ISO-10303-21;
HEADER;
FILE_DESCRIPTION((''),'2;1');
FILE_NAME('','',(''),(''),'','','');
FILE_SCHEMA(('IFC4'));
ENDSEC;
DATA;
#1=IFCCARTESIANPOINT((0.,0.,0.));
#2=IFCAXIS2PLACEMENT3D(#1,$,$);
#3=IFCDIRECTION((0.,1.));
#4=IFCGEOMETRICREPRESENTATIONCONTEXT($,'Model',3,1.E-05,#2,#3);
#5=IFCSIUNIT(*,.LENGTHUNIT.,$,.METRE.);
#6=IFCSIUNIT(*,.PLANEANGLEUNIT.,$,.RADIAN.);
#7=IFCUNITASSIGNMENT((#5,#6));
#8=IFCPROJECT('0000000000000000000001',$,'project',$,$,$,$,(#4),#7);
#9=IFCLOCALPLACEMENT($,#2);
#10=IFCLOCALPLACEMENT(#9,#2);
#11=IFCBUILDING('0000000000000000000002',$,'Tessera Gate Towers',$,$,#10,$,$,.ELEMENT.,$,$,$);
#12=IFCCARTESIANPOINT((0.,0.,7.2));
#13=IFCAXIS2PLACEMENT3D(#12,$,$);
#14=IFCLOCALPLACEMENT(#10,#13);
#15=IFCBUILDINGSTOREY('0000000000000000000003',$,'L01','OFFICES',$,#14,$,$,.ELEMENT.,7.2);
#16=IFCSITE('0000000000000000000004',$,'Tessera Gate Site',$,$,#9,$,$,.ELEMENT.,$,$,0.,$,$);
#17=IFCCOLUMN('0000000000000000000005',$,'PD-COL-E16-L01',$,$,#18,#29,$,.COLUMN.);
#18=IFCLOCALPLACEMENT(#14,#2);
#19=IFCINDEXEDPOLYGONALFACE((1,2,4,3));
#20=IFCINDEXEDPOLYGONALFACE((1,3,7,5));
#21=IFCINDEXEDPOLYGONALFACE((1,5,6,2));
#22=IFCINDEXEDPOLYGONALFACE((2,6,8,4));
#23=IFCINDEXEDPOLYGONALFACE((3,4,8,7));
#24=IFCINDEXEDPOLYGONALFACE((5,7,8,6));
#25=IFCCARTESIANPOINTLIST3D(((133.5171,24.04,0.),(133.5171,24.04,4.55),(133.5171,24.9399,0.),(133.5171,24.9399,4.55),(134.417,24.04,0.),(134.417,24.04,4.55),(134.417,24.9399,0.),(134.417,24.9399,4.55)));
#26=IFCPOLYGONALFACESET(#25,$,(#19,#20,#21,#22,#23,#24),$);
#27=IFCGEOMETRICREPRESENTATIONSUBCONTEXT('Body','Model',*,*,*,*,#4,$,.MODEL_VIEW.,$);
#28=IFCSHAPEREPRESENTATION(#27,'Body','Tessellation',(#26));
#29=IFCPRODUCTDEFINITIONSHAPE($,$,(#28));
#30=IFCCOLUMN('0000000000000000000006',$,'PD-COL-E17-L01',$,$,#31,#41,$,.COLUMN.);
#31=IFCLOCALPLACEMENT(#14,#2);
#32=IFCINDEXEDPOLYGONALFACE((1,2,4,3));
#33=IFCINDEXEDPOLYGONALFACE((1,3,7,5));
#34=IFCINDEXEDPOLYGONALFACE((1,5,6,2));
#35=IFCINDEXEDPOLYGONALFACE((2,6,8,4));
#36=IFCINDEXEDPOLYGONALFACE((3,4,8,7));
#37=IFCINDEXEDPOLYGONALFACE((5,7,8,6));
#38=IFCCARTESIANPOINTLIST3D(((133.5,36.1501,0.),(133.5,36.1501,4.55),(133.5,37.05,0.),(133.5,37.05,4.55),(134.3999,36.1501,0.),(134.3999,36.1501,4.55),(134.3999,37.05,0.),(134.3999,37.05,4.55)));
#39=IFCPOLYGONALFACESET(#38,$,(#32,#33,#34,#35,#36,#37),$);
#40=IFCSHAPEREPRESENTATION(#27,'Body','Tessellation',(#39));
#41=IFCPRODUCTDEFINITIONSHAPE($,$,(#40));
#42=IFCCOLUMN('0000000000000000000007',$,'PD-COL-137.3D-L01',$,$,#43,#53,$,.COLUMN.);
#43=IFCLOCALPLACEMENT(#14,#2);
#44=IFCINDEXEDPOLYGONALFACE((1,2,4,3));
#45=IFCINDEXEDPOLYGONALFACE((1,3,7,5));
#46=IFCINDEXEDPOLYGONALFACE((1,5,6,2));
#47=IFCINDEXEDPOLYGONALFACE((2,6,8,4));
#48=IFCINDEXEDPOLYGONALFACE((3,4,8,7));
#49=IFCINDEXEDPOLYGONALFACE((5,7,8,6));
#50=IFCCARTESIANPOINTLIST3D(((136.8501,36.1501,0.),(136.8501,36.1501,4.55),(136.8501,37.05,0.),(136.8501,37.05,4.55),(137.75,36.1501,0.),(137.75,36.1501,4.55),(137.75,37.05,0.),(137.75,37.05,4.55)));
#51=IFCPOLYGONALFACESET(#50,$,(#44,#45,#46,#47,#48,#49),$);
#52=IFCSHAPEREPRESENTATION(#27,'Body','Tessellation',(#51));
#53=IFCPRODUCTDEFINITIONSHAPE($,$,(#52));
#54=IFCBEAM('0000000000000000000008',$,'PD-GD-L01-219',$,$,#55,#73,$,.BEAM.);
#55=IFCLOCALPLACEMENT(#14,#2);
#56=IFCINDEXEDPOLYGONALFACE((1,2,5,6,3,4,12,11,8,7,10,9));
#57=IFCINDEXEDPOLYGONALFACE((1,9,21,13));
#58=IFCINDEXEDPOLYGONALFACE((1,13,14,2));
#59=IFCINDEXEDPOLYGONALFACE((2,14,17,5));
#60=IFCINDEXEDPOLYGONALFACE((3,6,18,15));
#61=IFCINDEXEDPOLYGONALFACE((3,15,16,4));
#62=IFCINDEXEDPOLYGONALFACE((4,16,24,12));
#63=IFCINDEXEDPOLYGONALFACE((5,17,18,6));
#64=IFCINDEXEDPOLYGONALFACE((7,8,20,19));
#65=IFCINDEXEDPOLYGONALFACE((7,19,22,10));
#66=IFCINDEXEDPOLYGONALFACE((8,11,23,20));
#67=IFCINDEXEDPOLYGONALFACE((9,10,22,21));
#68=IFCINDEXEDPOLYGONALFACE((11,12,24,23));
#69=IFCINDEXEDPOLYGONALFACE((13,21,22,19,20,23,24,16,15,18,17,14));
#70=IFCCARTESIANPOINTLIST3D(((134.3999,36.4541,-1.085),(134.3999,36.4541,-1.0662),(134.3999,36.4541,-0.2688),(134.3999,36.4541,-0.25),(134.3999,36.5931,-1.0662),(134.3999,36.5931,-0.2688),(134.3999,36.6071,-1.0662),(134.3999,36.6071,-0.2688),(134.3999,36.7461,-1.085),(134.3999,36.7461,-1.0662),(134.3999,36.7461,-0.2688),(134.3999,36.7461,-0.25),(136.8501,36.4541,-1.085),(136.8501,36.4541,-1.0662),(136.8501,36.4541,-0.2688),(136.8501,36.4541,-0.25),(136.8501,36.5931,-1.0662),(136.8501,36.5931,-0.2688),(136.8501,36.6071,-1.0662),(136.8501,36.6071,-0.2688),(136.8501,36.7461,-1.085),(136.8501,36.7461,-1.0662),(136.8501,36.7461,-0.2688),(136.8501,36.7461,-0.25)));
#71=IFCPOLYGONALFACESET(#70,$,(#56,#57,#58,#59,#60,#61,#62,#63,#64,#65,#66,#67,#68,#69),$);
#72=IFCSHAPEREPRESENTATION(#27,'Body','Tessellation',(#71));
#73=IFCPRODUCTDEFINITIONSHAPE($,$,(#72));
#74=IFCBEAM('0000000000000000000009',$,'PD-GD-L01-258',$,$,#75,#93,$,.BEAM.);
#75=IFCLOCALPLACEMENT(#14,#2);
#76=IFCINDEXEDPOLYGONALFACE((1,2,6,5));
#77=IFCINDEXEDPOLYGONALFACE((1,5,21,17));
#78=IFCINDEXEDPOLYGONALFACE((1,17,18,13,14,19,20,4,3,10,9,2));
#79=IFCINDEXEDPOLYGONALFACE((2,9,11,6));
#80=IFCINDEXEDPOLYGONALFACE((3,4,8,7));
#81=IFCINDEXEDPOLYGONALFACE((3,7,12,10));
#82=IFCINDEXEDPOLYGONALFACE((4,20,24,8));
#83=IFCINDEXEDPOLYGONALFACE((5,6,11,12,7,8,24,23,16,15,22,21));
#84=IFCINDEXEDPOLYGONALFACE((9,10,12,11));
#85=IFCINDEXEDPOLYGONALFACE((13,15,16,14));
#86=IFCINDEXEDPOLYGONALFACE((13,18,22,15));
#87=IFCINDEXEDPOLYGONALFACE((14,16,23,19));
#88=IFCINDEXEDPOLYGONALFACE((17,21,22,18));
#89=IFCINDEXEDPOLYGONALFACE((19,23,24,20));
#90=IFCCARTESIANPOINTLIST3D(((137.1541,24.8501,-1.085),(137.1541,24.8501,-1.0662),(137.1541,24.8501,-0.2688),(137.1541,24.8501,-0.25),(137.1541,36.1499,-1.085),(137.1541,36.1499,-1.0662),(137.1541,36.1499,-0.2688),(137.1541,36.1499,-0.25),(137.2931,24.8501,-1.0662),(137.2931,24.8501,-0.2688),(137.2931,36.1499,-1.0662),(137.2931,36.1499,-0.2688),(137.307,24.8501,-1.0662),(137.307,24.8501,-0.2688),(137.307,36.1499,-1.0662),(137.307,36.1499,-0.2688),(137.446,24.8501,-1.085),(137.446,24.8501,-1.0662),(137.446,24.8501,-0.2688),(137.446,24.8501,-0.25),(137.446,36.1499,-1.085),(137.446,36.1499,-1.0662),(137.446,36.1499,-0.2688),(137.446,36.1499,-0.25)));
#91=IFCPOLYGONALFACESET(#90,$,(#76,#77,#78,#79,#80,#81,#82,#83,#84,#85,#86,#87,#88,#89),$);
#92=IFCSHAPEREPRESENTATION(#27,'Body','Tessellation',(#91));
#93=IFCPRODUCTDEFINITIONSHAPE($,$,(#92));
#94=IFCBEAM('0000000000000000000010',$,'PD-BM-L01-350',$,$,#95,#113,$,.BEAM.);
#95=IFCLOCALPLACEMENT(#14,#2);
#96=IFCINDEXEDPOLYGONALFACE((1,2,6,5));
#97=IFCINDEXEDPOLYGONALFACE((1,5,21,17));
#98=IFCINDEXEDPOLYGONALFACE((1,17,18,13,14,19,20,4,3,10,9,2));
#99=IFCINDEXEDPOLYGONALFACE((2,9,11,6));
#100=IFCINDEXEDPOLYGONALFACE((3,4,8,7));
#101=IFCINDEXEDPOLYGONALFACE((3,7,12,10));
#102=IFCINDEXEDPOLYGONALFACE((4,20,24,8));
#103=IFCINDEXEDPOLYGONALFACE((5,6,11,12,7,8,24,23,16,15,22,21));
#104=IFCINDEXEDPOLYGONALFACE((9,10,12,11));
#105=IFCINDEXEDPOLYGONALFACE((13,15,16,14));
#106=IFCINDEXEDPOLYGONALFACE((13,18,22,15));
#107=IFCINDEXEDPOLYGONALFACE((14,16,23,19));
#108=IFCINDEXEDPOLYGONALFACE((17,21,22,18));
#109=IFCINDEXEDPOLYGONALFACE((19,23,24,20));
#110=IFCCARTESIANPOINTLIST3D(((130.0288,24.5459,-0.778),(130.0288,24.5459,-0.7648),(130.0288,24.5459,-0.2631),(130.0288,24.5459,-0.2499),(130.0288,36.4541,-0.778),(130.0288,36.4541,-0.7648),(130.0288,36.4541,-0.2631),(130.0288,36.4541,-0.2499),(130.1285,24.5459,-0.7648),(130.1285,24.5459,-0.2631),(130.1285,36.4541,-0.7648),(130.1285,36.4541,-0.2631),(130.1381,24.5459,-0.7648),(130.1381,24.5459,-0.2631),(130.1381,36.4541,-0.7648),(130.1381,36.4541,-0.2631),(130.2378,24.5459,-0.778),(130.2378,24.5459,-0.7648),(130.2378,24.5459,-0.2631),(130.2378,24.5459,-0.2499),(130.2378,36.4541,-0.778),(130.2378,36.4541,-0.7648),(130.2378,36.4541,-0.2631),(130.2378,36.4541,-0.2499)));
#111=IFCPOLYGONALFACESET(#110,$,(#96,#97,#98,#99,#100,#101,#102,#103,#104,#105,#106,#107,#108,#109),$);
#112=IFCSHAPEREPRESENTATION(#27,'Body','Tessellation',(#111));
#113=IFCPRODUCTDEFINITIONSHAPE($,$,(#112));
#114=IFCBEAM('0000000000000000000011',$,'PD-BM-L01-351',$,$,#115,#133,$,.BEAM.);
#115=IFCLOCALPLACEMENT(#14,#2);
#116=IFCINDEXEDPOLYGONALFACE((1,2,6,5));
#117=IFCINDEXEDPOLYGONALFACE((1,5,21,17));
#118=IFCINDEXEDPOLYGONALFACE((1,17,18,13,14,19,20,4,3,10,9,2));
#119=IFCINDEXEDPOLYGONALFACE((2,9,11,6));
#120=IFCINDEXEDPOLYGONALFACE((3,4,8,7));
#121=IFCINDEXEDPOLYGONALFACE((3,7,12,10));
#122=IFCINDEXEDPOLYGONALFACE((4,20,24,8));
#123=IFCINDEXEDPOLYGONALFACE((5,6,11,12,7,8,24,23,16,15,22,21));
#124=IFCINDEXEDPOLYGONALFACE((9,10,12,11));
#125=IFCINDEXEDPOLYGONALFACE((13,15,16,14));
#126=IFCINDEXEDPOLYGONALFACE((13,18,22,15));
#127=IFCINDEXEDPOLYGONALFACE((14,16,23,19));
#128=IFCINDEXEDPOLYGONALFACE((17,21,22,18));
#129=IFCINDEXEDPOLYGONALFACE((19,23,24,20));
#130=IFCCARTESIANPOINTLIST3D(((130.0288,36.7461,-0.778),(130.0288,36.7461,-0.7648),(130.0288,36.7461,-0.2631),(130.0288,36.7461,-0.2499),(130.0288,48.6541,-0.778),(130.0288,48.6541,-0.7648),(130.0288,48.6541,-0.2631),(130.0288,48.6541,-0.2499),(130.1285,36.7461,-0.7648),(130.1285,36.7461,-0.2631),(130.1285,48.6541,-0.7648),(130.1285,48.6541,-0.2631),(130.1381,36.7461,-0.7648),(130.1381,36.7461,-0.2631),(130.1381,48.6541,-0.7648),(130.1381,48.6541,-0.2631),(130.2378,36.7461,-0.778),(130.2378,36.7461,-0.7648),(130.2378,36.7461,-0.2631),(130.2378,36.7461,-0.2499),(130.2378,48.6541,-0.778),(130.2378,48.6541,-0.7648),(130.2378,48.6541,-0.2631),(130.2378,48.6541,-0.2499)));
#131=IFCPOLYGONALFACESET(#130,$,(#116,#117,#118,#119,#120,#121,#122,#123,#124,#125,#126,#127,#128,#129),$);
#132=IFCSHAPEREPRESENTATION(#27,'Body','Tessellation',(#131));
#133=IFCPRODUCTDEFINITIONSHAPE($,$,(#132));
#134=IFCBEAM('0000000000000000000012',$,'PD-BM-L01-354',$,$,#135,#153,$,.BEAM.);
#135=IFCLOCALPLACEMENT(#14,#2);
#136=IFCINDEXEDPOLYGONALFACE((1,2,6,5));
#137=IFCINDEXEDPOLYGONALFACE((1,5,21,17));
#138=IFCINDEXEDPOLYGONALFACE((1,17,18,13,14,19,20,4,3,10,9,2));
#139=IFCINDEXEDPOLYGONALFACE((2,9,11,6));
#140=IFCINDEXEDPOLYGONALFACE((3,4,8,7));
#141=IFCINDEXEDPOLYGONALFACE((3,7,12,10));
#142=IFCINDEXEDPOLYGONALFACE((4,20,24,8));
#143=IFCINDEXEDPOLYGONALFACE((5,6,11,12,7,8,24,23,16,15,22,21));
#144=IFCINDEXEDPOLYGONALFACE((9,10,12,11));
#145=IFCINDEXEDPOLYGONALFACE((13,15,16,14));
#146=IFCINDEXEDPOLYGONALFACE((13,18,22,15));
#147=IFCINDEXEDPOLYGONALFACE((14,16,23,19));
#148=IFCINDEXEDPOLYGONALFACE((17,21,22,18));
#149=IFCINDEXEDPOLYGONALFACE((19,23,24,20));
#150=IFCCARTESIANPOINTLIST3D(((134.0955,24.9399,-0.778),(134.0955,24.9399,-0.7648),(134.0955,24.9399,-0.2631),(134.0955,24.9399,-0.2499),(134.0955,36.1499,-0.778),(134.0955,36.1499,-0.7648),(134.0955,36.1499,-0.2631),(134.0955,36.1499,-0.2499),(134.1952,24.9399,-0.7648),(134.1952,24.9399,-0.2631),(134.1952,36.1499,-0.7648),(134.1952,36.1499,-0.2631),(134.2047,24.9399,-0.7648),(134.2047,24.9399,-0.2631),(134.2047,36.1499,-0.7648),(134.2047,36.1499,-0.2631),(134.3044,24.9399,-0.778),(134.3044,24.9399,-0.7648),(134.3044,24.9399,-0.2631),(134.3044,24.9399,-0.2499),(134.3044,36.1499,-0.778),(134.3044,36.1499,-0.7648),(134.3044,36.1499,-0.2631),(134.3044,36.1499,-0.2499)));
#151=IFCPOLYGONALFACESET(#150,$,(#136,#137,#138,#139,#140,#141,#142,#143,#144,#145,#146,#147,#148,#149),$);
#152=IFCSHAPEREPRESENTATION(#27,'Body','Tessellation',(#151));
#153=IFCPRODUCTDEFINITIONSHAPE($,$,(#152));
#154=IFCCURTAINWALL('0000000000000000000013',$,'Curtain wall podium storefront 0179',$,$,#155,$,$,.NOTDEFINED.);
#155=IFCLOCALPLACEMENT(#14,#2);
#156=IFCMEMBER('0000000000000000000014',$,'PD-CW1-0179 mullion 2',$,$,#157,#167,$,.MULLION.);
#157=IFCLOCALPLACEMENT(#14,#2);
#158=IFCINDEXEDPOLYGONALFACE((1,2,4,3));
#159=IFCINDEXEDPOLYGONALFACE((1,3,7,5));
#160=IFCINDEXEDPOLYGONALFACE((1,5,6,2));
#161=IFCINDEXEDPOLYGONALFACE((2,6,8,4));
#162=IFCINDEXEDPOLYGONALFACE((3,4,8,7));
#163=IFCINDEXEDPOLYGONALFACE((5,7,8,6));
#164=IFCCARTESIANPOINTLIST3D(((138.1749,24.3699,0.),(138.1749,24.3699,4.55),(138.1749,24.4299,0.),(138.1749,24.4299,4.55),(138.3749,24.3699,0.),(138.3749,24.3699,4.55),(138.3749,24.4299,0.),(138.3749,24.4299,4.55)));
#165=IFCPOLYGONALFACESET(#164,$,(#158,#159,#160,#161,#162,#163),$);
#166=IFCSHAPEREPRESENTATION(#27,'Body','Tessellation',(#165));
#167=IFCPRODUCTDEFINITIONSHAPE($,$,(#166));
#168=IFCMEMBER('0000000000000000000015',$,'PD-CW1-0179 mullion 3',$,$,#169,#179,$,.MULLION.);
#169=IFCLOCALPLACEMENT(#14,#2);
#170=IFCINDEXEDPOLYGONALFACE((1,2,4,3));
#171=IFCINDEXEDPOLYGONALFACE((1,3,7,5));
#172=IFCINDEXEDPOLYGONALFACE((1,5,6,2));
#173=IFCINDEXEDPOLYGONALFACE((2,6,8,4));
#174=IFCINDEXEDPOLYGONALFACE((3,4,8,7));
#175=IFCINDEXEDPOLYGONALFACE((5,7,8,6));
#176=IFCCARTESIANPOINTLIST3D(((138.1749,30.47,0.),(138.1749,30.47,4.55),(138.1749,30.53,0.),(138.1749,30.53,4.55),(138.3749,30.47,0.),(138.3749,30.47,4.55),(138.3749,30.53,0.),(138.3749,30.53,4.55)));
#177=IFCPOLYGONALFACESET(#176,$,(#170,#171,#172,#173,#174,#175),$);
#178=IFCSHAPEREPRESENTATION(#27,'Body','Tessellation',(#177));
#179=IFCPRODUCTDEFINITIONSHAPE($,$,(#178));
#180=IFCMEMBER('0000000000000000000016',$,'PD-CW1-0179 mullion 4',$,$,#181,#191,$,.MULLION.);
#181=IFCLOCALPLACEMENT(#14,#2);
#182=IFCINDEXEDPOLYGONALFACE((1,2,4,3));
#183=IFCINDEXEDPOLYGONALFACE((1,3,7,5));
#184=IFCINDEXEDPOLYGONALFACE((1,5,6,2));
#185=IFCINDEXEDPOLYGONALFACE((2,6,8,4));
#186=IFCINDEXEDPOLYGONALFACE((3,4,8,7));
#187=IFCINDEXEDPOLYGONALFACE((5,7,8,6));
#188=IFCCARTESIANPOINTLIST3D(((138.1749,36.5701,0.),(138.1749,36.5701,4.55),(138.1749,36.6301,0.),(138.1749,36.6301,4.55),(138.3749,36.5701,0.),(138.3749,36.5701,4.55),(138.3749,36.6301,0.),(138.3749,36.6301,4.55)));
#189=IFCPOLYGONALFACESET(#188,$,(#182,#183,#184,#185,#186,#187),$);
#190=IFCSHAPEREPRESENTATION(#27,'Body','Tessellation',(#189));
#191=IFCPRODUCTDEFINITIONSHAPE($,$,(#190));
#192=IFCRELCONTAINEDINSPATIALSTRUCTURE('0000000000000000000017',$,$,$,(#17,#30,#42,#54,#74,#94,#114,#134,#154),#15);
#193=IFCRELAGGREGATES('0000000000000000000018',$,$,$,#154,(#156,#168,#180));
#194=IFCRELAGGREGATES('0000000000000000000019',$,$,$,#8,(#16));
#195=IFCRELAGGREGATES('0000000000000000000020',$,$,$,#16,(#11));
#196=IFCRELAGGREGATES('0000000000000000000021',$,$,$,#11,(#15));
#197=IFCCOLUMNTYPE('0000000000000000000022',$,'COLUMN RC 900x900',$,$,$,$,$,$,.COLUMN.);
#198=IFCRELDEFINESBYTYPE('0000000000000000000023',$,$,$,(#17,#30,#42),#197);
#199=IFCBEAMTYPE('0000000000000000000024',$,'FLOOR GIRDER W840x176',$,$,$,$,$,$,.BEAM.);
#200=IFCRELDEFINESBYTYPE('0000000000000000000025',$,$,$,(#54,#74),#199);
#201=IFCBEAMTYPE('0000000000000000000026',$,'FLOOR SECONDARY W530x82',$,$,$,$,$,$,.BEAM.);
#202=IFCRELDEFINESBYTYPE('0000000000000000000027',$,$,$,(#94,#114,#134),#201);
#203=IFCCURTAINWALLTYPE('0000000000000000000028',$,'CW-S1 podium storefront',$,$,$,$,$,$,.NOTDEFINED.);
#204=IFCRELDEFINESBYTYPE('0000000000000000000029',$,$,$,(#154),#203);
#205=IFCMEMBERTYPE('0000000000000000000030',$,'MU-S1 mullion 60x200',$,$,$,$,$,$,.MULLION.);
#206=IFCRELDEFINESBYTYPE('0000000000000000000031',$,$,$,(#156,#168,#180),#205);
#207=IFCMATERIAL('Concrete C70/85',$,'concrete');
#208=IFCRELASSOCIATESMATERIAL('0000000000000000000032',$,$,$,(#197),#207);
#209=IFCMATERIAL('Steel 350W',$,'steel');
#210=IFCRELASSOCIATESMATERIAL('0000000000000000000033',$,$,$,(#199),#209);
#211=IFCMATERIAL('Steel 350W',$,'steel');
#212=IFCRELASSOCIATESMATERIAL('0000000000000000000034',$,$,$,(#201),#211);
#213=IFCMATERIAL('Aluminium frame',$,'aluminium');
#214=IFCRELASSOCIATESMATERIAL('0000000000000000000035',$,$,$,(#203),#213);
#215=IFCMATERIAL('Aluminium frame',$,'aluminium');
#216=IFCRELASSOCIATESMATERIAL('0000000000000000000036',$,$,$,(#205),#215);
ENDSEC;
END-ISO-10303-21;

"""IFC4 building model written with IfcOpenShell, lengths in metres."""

from ifc_helpers import new_model, si_unit, direction, frame, origin, origin_2d, place, context, subcontext, project, spatial, rectangle, i_section, extrude, material, material_profile, profile_set, type_object, element, aggregate, save


model = new_model("IFC4")

# Units and contexts
model_context = context("Model", 3, precision=1e-05, world=origin(), true_north=direction((0.0, 1.0)))
body_context = subcontext(model_context, "Body", "Model", "MODEL_VIEW")
ifc_project = project(units=[si_unit("LENGTHUNIT", "METRE"), si_unit("PLANEANGLEUNIT", "RADIAN")], contexts=[model_context])

# Site, building, storey
site_placement = place(None, origin())
site = spatial("IfcSite", under=ifc_project, at=site_placement, Name="Tessera Gate Site", CompositionType="ELEMENT", RefElevation=0.0)
building_placement = place(site_placement, origin())
building = spatial("IfcBuilding", under=site, at=building_placement, Name="Tessera Gate Towers", CompositionType="ELEMENT")
storey_placement = place(building_placement, frame((0.0, 0.0, 7.2)))
storey = spatial("IfcBuildingStorey", under=building, at=storey_placement, Name="L01", Description="OFFICES", CompositionType="ELEMENT", Elevation=7.2)

# Columns
ifc_material_1 = material(Name="Concrete C70/85", Category="concrete")
ifc_material_profile_1 = material_profile(ifc_material_1, rectangle(XDim=0.8999, YDim=0.8999, at=origin_2d()), Name="RC 900x900")
ifc_profile_set_1 = profile_set([ifc_material_profile_1], Name="Concrete C70/85")
column_type = type_object("IfcColumnType", Name="COLUMN RC 900x900", PredefinedType="COLUMN", material=ifc_profile_set_1)
for number, where, z_axis, x_axis, name in (
    (1, (133.967, 24.49, 0.0), (0.0, 0.0, 1.0), (1.0, 0.0, 0.0), "PD-COL-E16-L01"),
    (2, (133.95, 36.6001, 0.0), (0.0, 0.0, 1.0), (1.0, 0.0, 0.0), "PD-COL-E17-L01"),
    (3, (137.3, 36.6001, 0.0), (0.0, 0.0, 1.0), (1.0, 0.0, 0.0), "PD-COL-137.3D-L01"),
):
    element("IfcColumn", number, at=place(storey_placement, frame(where, z_axis=z_axis, x_axis=x_axis)), inside=storey, type_object=column_type, Name=name, PredefinedType="COLUMN", context=body_context, shape_type="SweptSolid", body=[
        extrude(rectangle(XDim=0.8999, YDim=0.8999, at=origin_2d()), origin(), (0.0, 0.0, 1.0), 4.55),
    ])

# Beams
ifc_material_2 = material(Name="Steel 350W", Category="steel")
ifc_material_profile_2 = material_profile(ifc_material_2, i_section(OverallWidth=0.292, OverallDepth=0.835, WebThickness=0.0139, FlangeThickness=0.0188, at=origin_2d()), Name="W840x176")
ifc_profile_set_2 = profile_set([ifc_material_profile_2], Name="Steel 350W")
beam_type_1 = type_object("IfcBeamType", Name="FLOOR GIRDER W840x176", PredefinedType="BEAM", material=ifc_profile_set_2)
beam_1_placement = place(storey_placement, frame((134.3999, 36.6001, -0.6675), z_axis=(1.0, 0.0, 0.0), x_axis=(0.0, 1.0, 0.0)))
element("IfcBeam", 4, at=beam_1_placement, inside=storey, type_object=beam_type_1, Name="PD-GD-L01-219", PredefinedType="BEAM", context=body_context, shape_type="SweptSolid", body=[
    extrude(i_section(OverallWidth=0.292, OverallDepth=0.835, WebThickness=0.0139, FlangeThickness=0.0188, at=origin_2d()), origin(), (0.0, 0.0, 1.0), 2.4502),
])
beam_2_placement = place(storey_placement, frame((137.3, 24.8501, -0.6675), z_axis=(0.0, 1.0, 0.0), x_axis=(-1.0, 0.0, 0.0)))
element("IfcBeam", 5, at=beam_2_placement, inside=storey, type_object=beam_type_1, Name="PD-GD-L01-258", PredefinedType="BEAM", context=body_context, shape_type="SweptSolid", body=[
    extrude(i_section(OverallWidth=0.292, OverallDepth=0.835, WebThickness=0.0139, FlangeThickness=0.0188, at=origin_2d()), origin(), (0.0, 0.0, 1.0), 11.2998),
])
ifc_material_3 = material(Name="Steel 350W", Category="steel")
ifc_material_profile_3 = material_profile(ifc_material_3, i_section(OverallWidth=0.209, OverallDepth=0.5281, WebThickness=0.0095, FlangeThickness=0.0132, at=origin_2d()), Name="W530x82")
ifc_profile_set_3 = profile_set([ifc_material_profile_3], Name="Steel 350W")
beam_type_2 = type_object("IfcBeamType", Name="FLOOR SECONDARY W530x82", PredefinedType="BEAM", material=ifc_profile_set_3)
beam_3_placement = place(storey_placement, frame((130.1333, 24.5459, -0.5139), z_axis=(0.0, 1.0, 0.0), x_axis=(-1.0, 0.0, 0.0)))
element("IfcBeam", 6, at=beam_3_placement, inside=storey, type_object=beam_type_2, Name="PD-BM-L01-350", PredefinedType="BEAM", context=body_context, shape_type="SweptSolid", body=[
    extrude(i_section(OverallWidth=0.209, OverallDepth=0.5281, WebThickness=0.0095, FlangeThickness=0.0132, at=origin_2d()), origin(), (0.0, 0.0, 1.0), 11.9082),
])
beam_4_placement = place(storey_placement, frame((130.1333, 36.7461, -0.5139), z_axis=(0.0, 1.0, 0.0), x_axis=(-1.0, 0.0, 0.0)))
element("IfcBeam", 7, at=beam_4_placement, inside=storey, type_object=beam_type_2, Name="PD-BM-L01-351", PredefinedType="BEAM", context=body_context, shape_type="SweptSolid", body=[
    extrude(i_section(OverallWidth=0.209, OverallDepth=0.5281, WebThickness=0.0095, FlangeThickness=0.0132, at=origin_2d()), origin(), (0.0, 0.0, 1.0), 11.908),
])
beam_5_placement = place(storey_placement, frame((134.2, 24.9399, -0.5139), z_axis=(0.0, 1.0, 0.0), x_axis=(-1.0, 0.0, 0.0)))
element("IfcBeam", 8, at=beam_5_placement, inside=storey, type_object=beam_type_2, Name="PD-BM-L01-354", PredefinedType="BEAM", context=body_context, shape_type="SweptSolid", body=[
    extrude(i_section(OverallWidth=0.209, OverallDepth=0.5281, WebThickness=0.0095, FlangeThickness=0.0132, at=origin_2d()), origin(), (0.0, 0.0, 1.0), 11.21),
])

# Curtain wall, members
ifc_material_4 = material(Name="Aluminium frame", Category="aluminium")
curtain_wall_type = type_object("IfcCurtainWallType", Name="CW-S1 podium storefront", PredefinedType="NOTDEFINED", material=ifc_material_4)
curtain_wall_placement = place(storey_placement, origin())
curtain_wall = element("IfcCurtainWall", 9, at=curtain_wall_placement, inside=storey, type_object=curtain_wall_type, Name="Curtain wall podium storefront 0179", PredefinedType="NOTDEFINED")
ifc_material_5 = material(Name="Aluminium frame", Category="aluminium")
ifc_material_profile_4 = material_profile(ifc_material_5, rectangle(XDim=0.0601, YDim=0.2, at=origin_2d()), Name="AL 60x200")
ifc_profile_set_4 = profile_set([ifc_material_profile_4], Name="Aluminium frame")
member_type_1 = type_object("IfcMemberType", Name="MU-S1 mullion 60x200", PredefinedType="MULLION", material=ifc_profile_set_4)
member_1_placement = place(storey_placement, frame((138.2749, 24.3999, 0.0), z_axis=(0.0, 0.0, 1.0), x_axis=(0.0, 1.0, 0.0)))
member_1 = element("IfcMember", 10, at=member_1_placement, type_object=member_type_1, Name="PD-CW1-0179 mullion 2", PredefinedType="MULLION", context=body_context, shape_type="SweptSolid", body=[
    extrude(rectangle(XDim=0.0601, YDim=0.2, at=origin_2d()), origin(), (0.0, 0.0, 1.0), 4.55),
])
member_2_placement = place(storey_placement, frame((138.2749, 30.5, 0.0), z_axis=(0.0, 0.0, 1.0), x_axis=(0.0, 1.0, 0.0)))
member_2 = element("IfcMember", 11, at=member_2_placement, type_object=member_type_1, Name="PD-CW1-0179 mullion 3", PredefinedType="MULLION", context=body_context, shape_type="SweptSolid", body=[
    extrude(rectangle(XDim=0.0601, YDim=0.2, at=origin_2d()), origin(), (0.0, 0.0, 1.0), 4.55),
])
member_3_placement = place(storey_placement, frame((138.2749, 36.6001, 0.0), z_axis=(0.0, 0.0, 1.0), x_axis=(0.0, 1.0, 0.0)))
member_3 = element("IfcMember", 12, at=member_3_placement, type_object=member_type_1, Name="PD-CW1-0179 mullion 4", PredefinedType="MULLION", context=body_context, shape_type="SweptSolid", body=[
    extrude(rectangle(XDim=0.0601, YDim=0.2, at=origin_2d()), origin(), (0.0, 0.0, 1.0), 4.55),
])
aggregate(curtain_wall, [member_1, member_2, member_3])

save(model, "model.ifc")
